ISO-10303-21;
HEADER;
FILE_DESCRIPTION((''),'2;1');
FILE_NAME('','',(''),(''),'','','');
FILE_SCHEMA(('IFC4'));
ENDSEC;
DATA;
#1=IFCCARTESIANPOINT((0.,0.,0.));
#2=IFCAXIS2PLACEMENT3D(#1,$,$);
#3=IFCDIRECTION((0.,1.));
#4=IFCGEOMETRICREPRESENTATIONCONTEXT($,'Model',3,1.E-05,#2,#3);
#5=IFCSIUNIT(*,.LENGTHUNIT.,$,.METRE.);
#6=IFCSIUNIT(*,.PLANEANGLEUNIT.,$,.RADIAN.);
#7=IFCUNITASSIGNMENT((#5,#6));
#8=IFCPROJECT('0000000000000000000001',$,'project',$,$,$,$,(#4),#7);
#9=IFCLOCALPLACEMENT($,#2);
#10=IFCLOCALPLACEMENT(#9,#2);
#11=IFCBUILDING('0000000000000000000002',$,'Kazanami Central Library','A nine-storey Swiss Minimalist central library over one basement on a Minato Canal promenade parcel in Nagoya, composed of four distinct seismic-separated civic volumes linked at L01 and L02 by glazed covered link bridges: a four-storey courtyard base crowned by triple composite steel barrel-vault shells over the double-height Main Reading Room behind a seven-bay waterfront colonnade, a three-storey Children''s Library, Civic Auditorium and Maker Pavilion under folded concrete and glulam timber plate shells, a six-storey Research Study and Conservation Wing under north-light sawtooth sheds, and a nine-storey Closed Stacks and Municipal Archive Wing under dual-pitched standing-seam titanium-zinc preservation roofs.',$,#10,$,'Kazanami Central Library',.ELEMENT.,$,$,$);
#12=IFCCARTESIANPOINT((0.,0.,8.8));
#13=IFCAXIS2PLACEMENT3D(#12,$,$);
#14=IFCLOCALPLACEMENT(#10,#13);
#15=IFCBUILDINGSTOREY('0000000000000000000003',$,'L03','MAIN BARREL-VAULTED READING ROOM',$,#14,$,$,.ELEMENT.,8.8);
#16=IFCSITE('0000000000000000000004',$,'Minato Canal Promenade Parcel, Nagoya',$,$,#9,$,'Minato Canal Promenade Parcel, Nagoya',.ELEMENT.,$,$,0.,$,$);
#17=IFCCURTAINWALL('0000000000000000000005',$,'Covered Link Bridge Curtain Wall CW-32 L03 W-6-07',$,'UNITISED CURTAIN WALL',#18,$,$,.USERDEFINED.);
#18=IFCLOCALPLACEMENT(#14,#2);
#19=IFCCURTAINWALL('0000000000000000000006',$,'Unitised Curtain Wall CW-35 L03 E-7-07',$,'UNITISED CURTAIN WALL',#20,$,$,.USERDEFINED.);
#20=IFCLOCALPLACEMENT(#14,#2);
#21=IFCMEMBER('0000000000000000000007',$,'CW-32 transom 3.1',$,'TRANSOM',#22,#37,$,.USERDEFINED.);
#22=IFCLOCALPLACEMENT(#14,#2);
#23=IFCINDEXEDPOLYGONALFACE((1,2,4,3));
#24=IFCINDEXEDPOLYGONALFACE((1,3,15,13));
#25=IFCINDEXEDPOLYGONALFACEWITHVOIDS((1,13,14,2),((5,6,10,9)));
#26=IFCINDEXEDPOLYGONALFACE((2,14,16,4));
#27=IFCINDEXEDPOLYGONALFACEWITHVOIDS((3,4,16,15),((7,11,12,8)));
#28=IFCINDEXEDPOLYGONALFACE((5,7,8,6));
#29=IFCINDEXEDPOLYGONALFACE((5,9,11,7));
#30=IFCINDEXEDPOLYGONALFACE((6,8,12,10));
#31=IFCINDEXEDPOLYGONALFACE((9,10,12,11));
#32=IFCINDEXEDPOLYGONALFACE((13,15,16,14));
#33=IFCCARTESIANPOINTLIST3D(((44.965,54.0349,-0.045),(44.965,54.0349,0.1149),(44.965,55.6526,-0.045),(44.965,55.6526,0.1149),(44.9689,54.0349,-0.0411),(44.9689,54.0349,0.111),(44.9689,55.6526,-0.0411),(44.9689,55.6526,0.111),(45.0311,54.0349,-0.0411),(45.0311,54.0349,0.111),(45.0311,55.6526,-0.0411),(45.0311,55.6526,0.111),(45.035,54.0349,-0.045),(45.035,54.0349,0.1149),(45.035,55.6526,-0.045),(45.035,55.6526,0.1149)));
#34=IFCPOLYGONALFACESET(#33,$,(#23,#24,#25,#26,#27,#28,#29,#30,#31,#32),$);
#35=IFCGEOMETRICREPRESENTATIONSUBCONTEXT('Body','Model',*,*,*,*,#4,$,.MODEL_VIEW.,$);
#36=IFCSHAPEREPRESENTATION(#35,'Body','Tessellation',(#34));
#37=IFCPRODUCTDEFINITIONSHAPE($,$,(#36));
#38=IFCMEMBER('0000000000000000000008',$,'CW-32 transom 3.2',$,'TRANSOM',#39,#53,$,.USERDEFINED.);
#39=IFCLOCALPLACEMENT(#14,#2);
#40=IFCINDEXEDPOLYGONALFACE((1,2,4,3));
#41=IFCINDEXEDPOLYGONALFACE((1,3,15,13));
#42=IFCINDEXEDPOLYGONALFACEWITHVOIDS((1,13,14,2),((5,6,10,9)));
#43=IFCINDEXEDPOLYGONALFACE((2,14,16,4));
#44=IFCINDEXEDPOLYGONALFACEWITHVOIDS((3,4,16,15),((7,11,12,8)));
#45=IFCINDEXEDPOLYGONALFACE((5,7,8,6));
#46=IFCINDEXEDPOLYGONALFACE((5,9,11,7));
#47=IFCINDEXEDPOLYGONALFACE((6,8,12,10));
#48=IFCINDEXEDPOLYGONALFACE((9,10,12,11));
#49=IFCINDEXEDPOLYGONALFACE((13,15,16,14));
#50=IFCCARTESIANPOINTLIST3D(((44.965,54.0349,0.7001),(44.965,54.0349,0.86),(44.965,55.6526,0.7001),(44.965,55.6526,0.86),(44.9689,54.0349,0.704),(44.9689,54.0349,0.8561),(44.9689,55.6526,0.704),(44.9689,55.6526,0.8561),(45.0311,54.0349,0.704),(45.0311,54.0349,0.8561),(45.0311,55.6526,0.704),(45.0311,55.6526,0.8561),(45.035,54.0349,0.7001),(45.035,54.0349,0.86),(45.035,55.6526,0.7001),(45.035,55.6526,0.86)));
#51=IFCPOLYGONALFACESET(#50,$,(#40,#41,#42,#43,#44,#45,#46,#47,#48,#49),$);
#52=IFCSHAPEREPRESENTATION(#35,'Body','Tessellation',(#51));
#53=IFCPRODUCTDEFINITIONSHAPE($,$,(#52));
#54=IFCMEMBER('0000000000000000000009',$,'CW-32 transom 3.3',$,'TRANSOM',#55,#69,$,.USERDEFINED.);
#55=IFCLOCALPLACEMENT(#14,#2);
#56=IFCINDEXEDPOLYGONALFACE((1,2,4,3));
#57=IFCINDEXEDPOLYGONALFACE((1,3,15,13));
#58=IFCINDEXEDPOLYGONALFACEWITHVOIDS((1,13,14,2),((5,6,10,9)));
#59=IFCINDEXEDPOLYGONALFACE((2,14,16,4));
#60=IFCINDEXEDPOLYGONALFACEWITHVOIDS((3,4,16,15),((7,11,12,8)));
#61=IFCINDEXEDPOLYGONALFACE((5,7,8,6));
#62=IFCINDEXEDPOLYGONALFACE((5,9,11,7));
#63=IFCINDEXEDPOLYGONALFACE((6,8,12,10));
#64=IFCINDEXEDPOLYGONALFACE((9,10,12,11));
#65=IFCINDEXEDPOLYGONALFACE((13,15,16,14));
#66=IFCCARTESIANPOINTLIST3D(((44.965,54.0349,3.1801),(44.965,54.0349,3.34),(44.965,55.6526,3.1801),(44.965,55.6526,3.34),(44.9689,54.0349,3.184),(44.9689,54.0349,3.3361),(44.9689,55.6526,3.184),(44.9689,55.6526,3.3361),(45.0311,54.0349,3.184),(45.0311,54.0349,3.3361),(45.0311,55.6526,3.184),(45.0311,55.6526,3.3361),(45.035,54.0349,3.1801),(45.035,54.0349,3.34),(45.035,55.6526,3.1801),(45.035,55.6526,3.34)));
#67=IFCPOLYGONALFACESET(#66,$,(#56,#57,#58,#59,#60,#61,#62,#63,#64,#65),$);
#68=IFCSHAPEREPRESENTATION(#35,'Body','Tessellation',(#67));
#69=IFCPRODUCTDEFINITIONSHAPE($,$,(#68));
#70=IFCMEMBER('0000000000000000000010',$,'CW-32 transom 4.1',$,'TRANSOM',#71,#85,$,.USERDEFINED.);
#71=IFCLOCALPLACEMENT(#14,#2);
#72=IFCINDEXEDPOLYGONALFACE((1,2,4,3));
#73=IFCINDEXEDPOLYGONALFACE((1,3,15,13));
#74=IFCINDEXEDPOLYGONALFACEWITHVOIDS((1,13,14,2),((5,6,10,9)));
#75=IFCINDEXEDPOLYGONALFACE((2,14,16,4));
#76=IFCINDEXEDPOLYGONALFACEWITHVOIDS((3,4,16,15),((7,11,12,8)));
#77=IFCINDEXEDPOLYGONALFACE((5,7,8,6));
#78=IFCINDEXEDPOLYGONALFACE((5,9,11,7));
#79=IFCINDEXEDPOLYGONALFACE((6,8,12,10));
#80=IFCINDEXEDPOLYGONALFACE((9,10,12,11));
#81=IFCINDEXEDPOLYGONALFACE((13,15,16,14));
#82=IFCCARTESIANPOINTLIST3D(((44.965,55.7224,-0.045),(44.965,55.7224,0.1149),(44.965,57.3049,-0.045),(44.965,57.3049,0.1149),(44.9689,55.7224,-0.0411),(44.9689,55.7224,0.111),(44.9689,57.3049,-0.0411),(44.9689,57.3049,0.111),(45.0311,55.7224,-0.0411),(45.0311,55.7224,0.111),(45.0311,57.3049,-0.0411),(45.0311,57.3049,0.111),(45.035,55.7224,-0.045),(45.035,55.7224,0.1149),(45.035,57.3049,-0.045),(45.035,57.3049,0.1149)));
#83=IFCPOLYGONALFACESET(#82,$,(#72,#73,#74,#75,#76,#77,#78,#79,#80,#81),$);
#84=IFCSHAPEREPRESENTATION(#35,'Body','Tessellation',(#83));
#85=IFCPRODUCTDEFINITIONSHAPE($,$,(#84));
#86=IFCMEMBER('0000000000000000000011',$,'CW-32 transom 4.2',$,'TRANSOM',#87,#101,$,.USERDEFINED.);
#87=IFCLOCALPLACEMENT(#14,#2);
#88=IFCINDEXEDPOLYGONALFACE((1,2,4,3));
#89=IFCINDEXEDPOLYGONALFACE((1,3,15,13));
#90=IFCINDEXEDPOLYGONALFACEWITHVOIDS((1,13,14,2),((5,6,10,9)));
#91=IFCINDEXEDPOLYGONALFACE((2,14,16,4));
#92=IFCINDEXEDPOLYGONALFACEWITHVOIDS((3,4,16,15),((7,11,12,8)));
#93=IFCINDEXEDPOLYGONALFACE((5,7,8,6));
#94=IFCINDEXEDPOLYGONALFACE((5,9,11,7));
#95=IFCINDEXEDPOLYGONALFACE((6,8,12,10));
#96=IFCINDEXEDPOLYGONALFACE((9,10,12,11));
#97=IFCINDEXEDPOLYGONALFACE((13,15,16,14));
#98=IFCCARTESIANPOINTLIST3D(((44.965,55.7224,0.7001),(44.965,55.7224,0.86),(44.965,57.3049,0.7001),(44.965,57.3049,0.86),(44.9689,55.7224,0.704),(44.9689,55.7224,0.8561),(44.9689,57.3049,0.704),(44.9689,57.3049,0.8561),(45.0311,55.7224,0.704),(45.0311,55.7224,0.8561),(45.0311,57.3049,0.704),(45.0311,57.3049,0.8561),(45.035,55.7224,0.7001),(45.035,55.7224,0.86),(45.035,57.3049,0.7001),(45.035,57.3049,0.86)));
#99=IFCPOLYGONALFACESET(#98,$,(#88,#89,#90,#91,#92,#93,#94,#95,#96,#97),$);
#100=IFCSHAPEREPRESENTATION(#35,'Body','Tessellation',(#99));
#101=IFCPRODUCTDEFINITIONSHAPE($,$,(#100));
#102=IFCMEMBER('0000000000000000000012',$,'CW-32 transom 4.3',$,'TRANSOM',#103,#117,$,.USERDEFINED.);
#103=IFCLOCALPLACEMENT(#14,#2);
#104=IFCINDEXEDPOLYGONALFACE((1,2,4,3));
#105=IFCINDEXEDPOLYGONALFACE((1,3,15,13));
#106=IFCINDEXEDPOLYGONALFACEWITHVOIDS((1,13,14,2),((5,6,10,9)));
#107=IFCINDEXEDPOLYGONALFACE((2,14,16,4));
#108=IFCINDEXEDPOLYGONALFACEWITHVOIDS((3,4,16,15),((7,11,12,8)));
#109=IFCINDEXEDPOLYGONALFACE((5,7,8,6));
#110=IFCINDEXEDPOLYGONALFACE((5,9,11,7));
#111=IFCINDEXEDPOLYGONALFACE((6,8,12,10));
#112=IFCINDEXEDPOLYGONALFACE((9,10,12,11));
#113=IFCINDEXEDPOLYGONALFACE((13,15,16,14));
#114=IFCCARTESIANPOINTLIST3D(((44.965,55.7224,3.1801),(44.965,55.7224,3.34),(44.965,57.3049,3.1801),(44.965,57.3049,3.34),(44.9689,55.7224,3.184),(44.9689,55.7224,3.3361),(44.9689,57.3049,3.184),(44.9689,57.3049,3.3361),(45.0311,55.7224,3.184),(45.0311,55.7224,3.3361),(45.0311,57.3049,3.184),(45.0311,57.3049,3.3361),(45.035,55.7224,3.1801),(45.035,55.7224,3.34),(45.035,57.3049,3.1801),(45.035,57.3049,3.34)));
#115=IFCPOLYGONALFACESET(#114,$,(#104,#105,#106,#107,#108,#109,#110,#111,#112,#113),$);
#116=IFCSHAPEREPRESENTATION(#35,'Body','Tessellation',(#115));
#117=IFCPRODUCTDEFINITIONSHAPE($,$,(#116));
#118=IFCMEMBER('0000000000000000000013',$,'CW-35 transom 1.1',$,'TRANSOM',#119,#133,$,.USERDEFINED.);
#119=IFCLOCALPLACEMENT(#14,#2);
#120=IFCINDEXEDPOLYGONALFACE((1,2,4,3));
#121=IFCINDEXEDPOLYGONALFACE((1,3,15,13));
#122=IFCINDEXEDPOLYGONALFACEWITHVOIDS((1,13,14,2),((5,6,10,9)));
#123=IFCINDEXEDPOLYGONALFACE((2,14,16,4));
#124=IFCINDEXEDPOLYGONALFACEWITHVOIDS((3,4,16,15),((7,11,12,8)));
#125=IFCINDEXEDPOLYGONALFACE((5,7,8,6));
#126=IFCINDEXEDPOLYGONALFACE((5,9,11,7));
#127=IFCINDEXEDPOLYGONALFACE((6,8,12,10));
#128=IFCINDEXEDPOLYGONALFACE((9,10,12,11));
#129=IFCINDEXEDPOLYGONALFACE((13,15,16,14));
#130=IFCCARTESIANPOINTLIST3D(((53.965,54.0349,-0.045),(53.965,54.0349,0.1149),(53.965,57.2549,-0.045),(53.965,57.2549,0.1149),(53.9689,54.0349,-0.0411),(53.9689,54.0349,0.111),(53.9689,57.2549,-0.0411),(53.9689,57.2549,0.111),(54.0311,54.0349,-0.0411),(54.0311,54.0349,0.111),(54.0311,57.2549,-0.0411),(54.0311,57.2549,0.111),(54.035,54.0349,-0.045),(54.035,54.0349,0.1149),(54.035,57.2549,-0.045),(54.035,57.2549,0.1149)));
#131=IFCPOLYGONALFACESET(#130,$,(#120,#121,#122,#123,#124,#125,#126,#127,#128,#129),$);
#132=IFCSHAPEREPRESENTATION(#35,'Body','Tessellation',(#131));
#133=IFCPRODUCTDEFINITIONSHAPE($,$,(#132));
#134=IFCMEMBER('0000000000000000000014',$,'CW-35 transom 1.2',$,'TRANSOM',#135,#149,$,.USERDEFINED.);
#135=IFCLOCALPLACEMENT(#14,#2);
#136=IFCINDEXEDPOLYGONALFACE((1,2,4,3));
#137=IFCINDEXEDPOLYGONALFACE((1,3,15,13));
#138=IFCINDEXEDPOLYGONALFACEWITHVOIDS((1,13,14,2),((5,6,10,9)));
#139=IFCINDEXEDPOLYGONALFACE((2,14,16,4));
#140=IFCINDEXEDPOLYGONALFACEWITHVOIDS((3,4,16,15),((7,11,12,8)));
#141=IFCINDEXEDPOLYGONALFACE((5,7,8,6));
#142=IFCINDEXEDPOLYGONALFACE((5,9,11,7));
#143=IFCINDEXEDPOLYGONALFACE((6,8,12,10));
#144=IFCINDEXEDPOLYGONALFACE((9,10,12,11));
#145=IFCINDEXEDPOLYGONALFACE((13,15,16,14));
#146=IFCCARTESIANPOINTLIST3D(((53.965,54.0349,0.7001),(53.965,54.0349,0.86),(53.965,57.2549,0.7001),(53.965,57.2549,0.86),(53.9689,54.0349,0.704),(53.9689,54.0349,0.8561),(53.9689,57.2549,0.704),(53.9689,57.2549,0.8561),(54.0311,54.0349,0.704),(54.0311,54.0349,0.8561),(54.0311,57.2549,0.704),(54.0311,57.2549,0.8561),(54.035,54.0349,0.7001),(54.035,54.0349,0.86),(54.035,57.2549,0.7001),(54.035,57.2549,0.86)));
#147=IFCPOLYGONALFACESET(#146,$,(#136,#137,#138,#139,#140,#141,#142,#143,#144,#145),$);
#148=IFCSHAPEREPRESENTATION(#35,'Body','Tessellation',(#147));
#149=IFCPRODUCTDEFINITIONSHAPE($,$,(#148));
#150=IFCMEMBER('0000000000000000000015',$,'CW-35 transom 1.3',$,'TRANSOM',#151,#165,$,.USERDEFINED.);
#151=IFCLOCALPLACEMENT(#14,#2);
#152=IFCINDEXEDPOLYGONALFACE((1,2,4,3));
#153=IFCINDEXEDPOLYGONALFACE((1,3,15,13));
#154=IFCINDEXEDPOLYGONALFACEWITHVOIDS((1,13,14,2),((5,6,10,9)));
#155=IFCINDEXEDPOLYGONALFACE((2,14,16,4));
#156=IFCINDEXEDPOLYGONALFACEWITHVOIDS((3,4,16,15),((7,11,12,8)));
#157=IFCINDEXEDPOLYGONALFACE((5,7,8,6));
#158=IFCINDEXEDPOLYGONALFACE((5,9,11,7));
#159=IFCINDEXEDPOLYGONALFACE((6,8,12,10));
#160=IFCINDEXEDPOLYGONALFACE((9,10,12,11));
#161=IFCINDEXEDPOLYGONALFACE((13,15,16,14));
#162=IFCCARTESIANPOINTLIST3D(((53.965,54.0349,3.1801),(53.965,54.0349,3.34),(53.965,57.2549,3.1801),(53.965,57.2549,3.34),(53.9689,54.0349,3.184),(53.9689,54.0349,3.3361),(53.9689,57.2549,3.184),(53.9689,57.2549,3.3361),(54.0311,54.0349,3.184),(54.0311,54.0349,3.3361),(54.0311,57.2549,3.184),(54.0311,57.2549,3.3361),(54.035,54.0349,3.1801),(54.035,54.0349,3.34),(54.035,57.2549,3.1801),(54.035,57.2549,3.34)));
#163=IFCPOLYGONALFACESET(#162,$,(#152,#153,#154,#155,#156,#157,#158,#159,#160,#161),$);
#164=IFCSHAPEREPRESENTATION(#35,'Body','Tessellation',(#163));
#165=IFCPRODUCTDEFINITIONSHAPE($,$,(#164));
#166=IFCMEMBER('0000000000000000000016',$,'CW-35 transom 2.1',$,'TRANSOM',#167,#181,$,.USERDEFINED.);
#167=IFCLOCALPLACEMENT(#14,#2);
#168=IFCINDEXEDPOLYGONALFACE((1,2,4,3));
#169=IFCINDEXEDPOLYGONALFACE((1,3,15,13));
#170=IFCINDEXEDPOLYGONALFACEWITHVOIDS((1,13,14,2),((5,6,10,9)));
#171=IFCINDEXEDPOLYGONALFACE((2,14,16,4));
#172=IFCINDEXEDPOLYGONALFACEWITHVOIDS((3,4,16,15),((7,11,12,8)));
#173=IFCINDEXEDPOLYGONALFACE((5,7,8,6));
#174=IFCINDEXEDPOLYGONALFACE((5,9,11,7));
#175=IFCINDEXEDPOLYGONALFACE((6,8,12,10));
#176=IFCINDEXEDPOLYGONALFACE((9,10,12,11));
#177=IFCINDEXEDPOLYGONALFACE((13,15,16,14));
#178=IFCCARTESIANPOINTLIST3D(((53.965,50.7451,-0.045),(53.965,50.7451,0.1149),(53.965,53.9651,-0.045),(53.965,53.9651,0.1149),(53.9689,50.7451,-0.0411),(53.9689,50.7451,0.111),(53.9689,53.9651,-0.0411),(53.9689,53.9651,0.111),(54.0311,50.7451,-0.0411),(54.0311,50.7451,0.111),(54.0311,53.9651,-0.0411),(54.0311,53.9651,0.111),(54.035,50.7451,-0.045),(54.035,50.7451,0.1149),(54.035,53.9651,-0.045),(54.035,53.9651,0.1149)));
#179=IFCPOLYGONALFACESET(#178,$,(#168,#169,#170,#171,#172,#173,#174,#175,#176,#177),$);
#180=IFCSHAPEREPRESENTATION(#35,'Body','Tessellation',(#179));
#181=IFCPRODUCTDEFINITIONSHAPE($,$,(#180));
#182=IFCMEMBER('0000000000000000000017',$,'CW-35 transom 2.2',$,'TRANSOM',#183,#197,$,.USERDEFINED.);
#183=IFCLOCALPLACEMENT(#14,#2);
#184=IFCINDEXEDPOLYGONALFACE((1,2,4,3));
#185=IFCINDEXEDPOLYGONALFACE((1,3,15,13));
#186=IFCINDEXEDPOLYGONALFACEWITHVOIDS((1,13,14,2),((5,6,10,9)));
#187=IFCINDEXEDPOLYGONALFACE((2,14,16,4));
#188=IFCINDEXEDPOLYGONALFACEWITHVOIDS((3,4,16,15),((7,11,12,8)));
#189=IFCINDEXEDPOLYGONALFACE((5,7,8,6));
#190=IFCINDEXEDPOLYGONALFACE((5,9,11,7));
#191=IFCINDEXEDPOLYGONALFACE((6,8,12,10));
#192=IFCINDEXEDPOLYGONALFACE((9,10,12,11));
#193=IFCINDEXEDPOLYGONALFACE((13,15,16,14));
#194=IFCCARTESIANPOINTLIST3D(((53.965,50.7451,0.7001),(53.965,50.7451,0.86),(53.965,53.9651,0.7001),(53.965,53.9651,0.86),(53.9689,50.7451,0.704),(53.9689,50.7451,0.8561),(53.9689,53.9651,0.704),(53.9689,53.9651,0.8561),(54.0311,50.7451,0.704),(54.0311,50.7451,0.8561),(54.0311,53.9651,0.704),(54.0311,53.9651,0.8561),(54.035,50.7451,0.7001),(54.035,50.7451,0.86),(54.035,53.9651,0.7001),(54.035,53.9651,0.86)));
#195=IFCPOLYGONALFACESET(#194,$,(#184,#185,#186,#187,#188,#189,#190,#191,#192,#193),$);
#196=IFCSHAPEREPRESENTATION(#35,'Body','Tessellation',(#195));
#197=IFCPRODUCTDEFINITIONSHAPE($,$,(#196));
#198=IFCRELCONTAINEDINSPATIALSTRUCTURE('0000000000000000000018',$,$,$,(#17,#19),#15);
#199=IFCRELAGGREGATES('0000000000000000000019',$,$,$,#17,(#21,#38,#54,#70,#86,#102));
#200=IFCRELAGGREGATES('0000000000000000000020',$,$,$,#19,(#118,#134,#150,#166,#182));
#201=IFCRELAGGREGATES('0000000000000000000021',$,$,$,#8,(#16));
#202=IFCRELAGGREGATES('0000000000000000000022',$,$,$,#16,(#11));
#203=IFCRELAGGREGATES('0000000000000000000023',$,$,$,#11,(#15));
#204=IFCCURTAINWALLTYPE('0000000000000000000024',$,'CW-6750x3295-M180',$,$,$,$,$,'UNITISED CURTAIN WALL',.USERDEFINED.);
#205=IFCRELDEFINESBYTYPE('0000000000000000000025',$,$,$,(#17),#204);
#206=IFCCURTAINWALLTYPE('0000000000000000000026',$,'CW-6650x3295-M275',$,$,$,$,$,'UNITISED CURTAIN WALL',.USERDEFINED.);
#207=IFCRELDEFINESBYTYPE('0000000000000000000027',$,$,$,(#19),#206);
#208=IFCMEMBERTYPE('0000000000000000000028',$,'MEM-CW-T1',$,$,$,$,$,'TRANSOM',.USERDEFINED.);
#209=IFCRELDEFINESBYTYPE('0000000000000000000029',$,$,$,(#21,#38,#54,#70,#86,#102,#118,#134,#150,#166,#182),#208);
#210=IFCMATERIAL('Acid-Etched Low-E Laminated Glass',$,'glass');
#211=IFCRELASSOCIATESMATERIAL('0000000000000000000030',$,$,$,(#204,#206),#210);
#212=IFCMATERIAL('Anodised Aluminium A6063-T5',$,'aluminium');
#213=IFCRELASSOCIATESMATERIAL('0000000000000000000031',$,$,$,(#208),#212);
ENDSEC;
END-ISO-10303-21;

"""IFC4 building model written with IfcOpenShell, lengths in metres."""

from ifc_helpers import new_model, si_unit, direction, frame, origin, origin_2d, place, context, subcontext, project, spatial, hollow_rectangle, extrude, material, material_profile, profile_set, type_object, element, aggregate, save


model = new_model("IFC4")

# Units and contexts
model_context = context("Model", 3, precision=1e-05, world=origin(), true_north=direction((0.0, 1.0)))
body_context = subcontext(model_context, "Body", "Model", "MODEL_VIEW")
ifc_project = project(units=[si_unit("LENGTHUNIT", "METRE"), si_unit("PLANEANGLEUNIT", "RADIAN")], contexts=[model_context])

# Site, building, storey
site_placement = place(None, origin())
site = spatial("IfcSite", under=ifc_project, at=site_placement, Name="Minato Canal Promenade Parcel, Nagoya", LongName="Minato Canal Promenade Parcel, Nagoya", CompositionType="ELEMENT", RefElevation=0.0)
building_placement = place(site_placement, origin())
building = spatial("IfcBuilding", under=site, at=building_placement, Name="Kazanami Central Library", Description="A nine-storey Swiss Minimalist central library over one basement on a Minato Canal promenade parcel in Nagoya, composed of four distinct seismic-separated civic volumes linked at L01 and L02 by glazed covered link bridges: a four-storey courtyard base crowned by triple composite steel barrel-vault shells over the double-height Main Reading Room behind a seven-bay waterfront colonnade, a three-storey Children's Library, Civic Auditorium and Maker Pavilion under folded concrete and glulam timber plate shells, a six-storey Research Study and Conservation Wing under north-light sawtooth sheds, and a nine-storey Closed Stacks and Municipal Archive Wing under dual-pitched standing-seam titanium-zinc preservation roofs.", LongName="Kazanami Central Library", CompositionType="ELEMENT")
storey_placement = place(building_placement, frame((0.0, 0.0, 8.8)))
storey = spatial("IfcBuildingStorey", under=building, at=storey_placement, Name="L03", Description="MAIN BARREL-VAULTED READING ROOM", CompositionType="ELEMENT", Elevation=8.8)

# Curtain walls
ifc_material_1 = material(Name="Acid-Etched Low-E Laminated Glass", Category="glass")
curtain_wall_type_1 = type_object("IfcCurtainWallType", Name="CW-6750x3295-M180", ElementType="UNITISED CURTAIN WALL", PredefinedType="USERDEFINED", material=ifc_material_1)
curtain_wall_1_placement = place(storey_placement, origin())
curtain_wall_1 = element("IfcCurtainWall", 1, at=curtain_wall_1_placement, inside=storey, type_object=curtain_wall_type_1, Name="Covered Link Bridge Curtain Wall CW-32 L03 W-6-07", ObjectType="UNITISED CURTAIN WALL", PredefinedType="USERDEFINED")
ifc_material_2 = material(Name="Anodised Aluminium A6063-T5", Category="aluminium")
curtain_wall_type_2 = type_object("IfcCurtainWallType", Name="CW-6650x3295-M275", ElementType="UNITISED CURTAIN WALL", PredefinedType="USERDEFINED", material=ifc_material_1)
curtain_wall_2_placement = place(storey_placement, origin())
curtain_wall_2 = element("IfcCurtainWall", 2, at=curtain_wall_2_placement, inside=storey, type_object=curtain_wall_type_2, Name="Unitised Curtain Wall CW-35 L03 E-7-07", ObjectType="UNITISED CURTAIN WALL", PredefinedType="USERDEFINED")

# Members
ifc_material_profile_1 = material_profile(ifc_material_2, hollow_rectangle(XDim=0.0701, YDim=0.1599, WallThickness=0.0039, at=origin_2d()), Name="ALU-TRAN-70x160x4")
ifc_profile_set_1 = profile_set([ifc_material_profile_1], Name="Anodised Aluminium A6063-T5")
member_type_1 = type_object("IfcMemberType", Name="MEM-CW-T1", ElementType="TRANSOM", PredefinedType="USERDEFINED", material=ifc_profile_set_1)
member_1_placement = place(storey_placement, frame((45.0, 54.0349, 0.0349), z_axis=(0.0, 1.0, 0.0), x_axis=(-1.0, 0.0, 0.0)))
member_1 = element("IfcMember", 3, at=member_1_placement, type_object=member_type_1, Name="CW-32 transom 3.1", ObjectType="TRANSOM", PredefinedType="USERDEFINED", context=body_context, shape_type="SweptSolid", body=[
    extrude(hollow_rectangle(XDim=0.0701, YDim=0.1599, WallThickness=0.0039, at=origin_2d()), origin(), (0.0, 0.0, 1.0), 1.6177),
])
member_2_placement = place(storey_placement, frame((45.0, 54.0349, 0.78), z_axis=(0.0, 1.0, 0.0), x_axis=(-1.0, 0.0, 0.0)))
member_2 = element("IfcMember", 4, at=member_2_placement, type_object=member_type_1, Name="CW-32 transom 3.2", ObjectType="TRANSOM", PredefinedType="USERDEFINED", context=body_context, shape_type="SweptSolid", body=[
    extrude(hollow_rectangle(XDim=0.0701, YDim=0.1599, WallThickness=0.0039, at=origin_2d()), origin(), (0.0, 0.0, 1.0), 1.6177),
])
member_3_placement = place(storey_placement, frame((45.0, 54.0349, 3.26), z_axis=(0.0, 1.0, 0.0), x_axis=(-1.0, 0.0, 0.0)))
member_3 = element("IfcMember", 5, at=member_3_placement, type_object=member_type_1, Name="CW-32 transom 3.3", ObjectType="TRANSOM", PredefinedType="USERDEFINED", context=body_context, shape_type="SweptSolid", body=[
    extrude(hollow_rectangle(XDim=0.0701, YDim=0.1599, WallThickness=0.0039, at=origin_2d()), origin(), (0.0, 0.0, 1.0), 1.6177),
])
member_4_placement = place(storey_placement, frame((45.0, 55.7224, 0.0349), z_axis=(0.0, 1.0, 0.0), x_axis=(-1.0, 0.0, 0.0)))
member_4 = element("IfcMember", 6, at=member_4_placement, type_object=member_type_1, Name="CW-32 transom 4.1", ObjectType="TRANSOM", PredefinedType="USERDEFINED", context=body_context, shape_type="SweptSolid", body=[
    extrude(hollow_rectangle(XDim=0.0701, YDim=0.1599, WallThickness=0.0039, at=origin_2d()), origin(), (0.0, 0.0, 1.0), 1.5825),
])
member_5_placement = place(storey_placement, frame((45.0, 55.7224, 0.78), z_axis=(0.0, 1.0, 0.0), x_axis=(-1.0, 0.0, 0.0)))
member_5 = element("IfcMember", 7, at=member_5_placement, type_object=member_type_1, Name="CW-32 transom 4.2", ObjectType="TRANSOM", PredefinedType="USERDEFINED", context=body_context, shape_type="SweptSolid", body=[
    extrude(hollow_rectangle(XDim=0.0701, YDim=0.1599, WallThickness=0.0039, at=origin_2d()), origin(), (0.0, 0.0, 1.0), 1.5825),
])
member_6_placement = place(storey_placement, frame((45.0, 55.7224, 3.26), z_axis=(0.0, 1.0, 0.0), x_axis=(-1.0, 0.0, 0.0)))
member_6 = element("IfcMember", 8, at=member_6_placement, type_object=member_type_1, Name="CW-32 transom 4.3", ObjectType="TRANSOM", PredefinedType="USERDEFINED", context=body_context, shape_type="SweptSolid", body=[
    extrude(hollow_rectangle(XDim=0.0701, YDim=0.1599, WallThickness=0.0039, at=origin_2d()), origin(), (0.0, 0.0, 1.0), 1.5825),
])
member_7_placement = place(storey_placement, frame((54.0, 57.2549, 0.0349), z_axis=(0.0, -1.0, 0.0), x_axis=(1.0, 0.0, 0.0)))
member_7 = element("IfcMember", 9, at=member_7_placement, type_object=member_type_1, Name="CW-35 transom 1.1", ObjectType="TRANSOM", PredefinedType="USERDEFINED", context=body_context, shape_type="SweptSolid", body=[
    extrude(hollow_rectangle(XDim=0.0701, YDim=0.1599, WallThickness=0.0039, at=origin_2d()), origin(), (0.0, 0.0, 1.0), 3.22),
])
member_8_placement = place(storey_placement, frame((54.0, 57.2549, 0.78), z_axis=(0.0, -1.0, 0.0), x_axis=(1.0, 0.0, 0.0)))
member_8 = element("IfcMember", 10, at=member_8_placement, type_object=member_type_1, Name="CW-35 transom 1.2", ObjectType="TRANSOM", PredefinedType="USERDEFINED", context=body_context, shape_type="SweptSolid", body=[
    extrude(hollow_rectangle(XDim=0.0701, YDim=0.1599, WallThickness=0.0039, at=origin_2d()), origin(), (0.0, 0.0, 1.0), 3.22),
])
member_9_placement = place(storey_placement, frame((54.0, 57.2549, 3.26), z_axis=(0.0, -1.0, 0.0), x_axis=(1.0, 0.0, 0.0)))
member_9 = element("IfcMember", 11, at=member_9_placement, type_object=member_type_1, Name="CW-35 transom 1.3", ObjectType="TRANSOM", PredefinedType="USERDEFINED", context=body_context, shape_type="SweptSolid", body=[
    extrude(hollow_rectangle(XDim=0.0701, YDim=0.1599, WallThickness=0.0039, at=origin_2d()), origin(), (0.0, 0.0, 1.0), 3.22),
])
member_10_placement = place(storey_placement, frame((54.0, 53.9651, 0.0349), z_axis=(0.0, -1.0, 0.0), x_axis=(1.0, 0.0, 0.0)))
member_10 = element("IfcMember", 12, at=member_10_placement, type_object=member_type_1, Name="CW-35 transom 2.1", ObjectType="TRANSOM", PredefinedType="USERDEFINED", context=body_context, shape_type="SweptSolid", body=[
    extrude(hollow_rectangle(XDim=0.0701, YDim=0.1599, WallThickness=0.0039, at=origin_2d()), origin(), (0.0, 0.0, 1.0), 3.22),
])
member_11_placement = place(storey_placement, frame((54.0, 53.9651, 0.78), z_axis=(0.0, -1.0, 0.0), x_axis=(1.0, 0.0, 0.0)))
member_11 = element("IfcMember", 13, at=member_11_placement, type_object=member_type_1, Name="CW-35 transom 2.2", ObjectType="TRANSOM", PredefinedType="USERDEFINED", context=body_context, shape_type="SweptSolid", body=[
    extrude(hollow_rectangle(XDim=0.0701, YDim=0.1599, WallThickness=0.0039, at=origin_2d()), origin(), (0.0, 0.0, 1.0), 3.22),
])

aggregate(curtain_wall_1, [member_1, member_2, member_3, member_4, member_5, member_6])
aggregate(curtain_wall_2, [member_7, member_8, member_9, member_10, member_11])

save(model, "model.ifc")
